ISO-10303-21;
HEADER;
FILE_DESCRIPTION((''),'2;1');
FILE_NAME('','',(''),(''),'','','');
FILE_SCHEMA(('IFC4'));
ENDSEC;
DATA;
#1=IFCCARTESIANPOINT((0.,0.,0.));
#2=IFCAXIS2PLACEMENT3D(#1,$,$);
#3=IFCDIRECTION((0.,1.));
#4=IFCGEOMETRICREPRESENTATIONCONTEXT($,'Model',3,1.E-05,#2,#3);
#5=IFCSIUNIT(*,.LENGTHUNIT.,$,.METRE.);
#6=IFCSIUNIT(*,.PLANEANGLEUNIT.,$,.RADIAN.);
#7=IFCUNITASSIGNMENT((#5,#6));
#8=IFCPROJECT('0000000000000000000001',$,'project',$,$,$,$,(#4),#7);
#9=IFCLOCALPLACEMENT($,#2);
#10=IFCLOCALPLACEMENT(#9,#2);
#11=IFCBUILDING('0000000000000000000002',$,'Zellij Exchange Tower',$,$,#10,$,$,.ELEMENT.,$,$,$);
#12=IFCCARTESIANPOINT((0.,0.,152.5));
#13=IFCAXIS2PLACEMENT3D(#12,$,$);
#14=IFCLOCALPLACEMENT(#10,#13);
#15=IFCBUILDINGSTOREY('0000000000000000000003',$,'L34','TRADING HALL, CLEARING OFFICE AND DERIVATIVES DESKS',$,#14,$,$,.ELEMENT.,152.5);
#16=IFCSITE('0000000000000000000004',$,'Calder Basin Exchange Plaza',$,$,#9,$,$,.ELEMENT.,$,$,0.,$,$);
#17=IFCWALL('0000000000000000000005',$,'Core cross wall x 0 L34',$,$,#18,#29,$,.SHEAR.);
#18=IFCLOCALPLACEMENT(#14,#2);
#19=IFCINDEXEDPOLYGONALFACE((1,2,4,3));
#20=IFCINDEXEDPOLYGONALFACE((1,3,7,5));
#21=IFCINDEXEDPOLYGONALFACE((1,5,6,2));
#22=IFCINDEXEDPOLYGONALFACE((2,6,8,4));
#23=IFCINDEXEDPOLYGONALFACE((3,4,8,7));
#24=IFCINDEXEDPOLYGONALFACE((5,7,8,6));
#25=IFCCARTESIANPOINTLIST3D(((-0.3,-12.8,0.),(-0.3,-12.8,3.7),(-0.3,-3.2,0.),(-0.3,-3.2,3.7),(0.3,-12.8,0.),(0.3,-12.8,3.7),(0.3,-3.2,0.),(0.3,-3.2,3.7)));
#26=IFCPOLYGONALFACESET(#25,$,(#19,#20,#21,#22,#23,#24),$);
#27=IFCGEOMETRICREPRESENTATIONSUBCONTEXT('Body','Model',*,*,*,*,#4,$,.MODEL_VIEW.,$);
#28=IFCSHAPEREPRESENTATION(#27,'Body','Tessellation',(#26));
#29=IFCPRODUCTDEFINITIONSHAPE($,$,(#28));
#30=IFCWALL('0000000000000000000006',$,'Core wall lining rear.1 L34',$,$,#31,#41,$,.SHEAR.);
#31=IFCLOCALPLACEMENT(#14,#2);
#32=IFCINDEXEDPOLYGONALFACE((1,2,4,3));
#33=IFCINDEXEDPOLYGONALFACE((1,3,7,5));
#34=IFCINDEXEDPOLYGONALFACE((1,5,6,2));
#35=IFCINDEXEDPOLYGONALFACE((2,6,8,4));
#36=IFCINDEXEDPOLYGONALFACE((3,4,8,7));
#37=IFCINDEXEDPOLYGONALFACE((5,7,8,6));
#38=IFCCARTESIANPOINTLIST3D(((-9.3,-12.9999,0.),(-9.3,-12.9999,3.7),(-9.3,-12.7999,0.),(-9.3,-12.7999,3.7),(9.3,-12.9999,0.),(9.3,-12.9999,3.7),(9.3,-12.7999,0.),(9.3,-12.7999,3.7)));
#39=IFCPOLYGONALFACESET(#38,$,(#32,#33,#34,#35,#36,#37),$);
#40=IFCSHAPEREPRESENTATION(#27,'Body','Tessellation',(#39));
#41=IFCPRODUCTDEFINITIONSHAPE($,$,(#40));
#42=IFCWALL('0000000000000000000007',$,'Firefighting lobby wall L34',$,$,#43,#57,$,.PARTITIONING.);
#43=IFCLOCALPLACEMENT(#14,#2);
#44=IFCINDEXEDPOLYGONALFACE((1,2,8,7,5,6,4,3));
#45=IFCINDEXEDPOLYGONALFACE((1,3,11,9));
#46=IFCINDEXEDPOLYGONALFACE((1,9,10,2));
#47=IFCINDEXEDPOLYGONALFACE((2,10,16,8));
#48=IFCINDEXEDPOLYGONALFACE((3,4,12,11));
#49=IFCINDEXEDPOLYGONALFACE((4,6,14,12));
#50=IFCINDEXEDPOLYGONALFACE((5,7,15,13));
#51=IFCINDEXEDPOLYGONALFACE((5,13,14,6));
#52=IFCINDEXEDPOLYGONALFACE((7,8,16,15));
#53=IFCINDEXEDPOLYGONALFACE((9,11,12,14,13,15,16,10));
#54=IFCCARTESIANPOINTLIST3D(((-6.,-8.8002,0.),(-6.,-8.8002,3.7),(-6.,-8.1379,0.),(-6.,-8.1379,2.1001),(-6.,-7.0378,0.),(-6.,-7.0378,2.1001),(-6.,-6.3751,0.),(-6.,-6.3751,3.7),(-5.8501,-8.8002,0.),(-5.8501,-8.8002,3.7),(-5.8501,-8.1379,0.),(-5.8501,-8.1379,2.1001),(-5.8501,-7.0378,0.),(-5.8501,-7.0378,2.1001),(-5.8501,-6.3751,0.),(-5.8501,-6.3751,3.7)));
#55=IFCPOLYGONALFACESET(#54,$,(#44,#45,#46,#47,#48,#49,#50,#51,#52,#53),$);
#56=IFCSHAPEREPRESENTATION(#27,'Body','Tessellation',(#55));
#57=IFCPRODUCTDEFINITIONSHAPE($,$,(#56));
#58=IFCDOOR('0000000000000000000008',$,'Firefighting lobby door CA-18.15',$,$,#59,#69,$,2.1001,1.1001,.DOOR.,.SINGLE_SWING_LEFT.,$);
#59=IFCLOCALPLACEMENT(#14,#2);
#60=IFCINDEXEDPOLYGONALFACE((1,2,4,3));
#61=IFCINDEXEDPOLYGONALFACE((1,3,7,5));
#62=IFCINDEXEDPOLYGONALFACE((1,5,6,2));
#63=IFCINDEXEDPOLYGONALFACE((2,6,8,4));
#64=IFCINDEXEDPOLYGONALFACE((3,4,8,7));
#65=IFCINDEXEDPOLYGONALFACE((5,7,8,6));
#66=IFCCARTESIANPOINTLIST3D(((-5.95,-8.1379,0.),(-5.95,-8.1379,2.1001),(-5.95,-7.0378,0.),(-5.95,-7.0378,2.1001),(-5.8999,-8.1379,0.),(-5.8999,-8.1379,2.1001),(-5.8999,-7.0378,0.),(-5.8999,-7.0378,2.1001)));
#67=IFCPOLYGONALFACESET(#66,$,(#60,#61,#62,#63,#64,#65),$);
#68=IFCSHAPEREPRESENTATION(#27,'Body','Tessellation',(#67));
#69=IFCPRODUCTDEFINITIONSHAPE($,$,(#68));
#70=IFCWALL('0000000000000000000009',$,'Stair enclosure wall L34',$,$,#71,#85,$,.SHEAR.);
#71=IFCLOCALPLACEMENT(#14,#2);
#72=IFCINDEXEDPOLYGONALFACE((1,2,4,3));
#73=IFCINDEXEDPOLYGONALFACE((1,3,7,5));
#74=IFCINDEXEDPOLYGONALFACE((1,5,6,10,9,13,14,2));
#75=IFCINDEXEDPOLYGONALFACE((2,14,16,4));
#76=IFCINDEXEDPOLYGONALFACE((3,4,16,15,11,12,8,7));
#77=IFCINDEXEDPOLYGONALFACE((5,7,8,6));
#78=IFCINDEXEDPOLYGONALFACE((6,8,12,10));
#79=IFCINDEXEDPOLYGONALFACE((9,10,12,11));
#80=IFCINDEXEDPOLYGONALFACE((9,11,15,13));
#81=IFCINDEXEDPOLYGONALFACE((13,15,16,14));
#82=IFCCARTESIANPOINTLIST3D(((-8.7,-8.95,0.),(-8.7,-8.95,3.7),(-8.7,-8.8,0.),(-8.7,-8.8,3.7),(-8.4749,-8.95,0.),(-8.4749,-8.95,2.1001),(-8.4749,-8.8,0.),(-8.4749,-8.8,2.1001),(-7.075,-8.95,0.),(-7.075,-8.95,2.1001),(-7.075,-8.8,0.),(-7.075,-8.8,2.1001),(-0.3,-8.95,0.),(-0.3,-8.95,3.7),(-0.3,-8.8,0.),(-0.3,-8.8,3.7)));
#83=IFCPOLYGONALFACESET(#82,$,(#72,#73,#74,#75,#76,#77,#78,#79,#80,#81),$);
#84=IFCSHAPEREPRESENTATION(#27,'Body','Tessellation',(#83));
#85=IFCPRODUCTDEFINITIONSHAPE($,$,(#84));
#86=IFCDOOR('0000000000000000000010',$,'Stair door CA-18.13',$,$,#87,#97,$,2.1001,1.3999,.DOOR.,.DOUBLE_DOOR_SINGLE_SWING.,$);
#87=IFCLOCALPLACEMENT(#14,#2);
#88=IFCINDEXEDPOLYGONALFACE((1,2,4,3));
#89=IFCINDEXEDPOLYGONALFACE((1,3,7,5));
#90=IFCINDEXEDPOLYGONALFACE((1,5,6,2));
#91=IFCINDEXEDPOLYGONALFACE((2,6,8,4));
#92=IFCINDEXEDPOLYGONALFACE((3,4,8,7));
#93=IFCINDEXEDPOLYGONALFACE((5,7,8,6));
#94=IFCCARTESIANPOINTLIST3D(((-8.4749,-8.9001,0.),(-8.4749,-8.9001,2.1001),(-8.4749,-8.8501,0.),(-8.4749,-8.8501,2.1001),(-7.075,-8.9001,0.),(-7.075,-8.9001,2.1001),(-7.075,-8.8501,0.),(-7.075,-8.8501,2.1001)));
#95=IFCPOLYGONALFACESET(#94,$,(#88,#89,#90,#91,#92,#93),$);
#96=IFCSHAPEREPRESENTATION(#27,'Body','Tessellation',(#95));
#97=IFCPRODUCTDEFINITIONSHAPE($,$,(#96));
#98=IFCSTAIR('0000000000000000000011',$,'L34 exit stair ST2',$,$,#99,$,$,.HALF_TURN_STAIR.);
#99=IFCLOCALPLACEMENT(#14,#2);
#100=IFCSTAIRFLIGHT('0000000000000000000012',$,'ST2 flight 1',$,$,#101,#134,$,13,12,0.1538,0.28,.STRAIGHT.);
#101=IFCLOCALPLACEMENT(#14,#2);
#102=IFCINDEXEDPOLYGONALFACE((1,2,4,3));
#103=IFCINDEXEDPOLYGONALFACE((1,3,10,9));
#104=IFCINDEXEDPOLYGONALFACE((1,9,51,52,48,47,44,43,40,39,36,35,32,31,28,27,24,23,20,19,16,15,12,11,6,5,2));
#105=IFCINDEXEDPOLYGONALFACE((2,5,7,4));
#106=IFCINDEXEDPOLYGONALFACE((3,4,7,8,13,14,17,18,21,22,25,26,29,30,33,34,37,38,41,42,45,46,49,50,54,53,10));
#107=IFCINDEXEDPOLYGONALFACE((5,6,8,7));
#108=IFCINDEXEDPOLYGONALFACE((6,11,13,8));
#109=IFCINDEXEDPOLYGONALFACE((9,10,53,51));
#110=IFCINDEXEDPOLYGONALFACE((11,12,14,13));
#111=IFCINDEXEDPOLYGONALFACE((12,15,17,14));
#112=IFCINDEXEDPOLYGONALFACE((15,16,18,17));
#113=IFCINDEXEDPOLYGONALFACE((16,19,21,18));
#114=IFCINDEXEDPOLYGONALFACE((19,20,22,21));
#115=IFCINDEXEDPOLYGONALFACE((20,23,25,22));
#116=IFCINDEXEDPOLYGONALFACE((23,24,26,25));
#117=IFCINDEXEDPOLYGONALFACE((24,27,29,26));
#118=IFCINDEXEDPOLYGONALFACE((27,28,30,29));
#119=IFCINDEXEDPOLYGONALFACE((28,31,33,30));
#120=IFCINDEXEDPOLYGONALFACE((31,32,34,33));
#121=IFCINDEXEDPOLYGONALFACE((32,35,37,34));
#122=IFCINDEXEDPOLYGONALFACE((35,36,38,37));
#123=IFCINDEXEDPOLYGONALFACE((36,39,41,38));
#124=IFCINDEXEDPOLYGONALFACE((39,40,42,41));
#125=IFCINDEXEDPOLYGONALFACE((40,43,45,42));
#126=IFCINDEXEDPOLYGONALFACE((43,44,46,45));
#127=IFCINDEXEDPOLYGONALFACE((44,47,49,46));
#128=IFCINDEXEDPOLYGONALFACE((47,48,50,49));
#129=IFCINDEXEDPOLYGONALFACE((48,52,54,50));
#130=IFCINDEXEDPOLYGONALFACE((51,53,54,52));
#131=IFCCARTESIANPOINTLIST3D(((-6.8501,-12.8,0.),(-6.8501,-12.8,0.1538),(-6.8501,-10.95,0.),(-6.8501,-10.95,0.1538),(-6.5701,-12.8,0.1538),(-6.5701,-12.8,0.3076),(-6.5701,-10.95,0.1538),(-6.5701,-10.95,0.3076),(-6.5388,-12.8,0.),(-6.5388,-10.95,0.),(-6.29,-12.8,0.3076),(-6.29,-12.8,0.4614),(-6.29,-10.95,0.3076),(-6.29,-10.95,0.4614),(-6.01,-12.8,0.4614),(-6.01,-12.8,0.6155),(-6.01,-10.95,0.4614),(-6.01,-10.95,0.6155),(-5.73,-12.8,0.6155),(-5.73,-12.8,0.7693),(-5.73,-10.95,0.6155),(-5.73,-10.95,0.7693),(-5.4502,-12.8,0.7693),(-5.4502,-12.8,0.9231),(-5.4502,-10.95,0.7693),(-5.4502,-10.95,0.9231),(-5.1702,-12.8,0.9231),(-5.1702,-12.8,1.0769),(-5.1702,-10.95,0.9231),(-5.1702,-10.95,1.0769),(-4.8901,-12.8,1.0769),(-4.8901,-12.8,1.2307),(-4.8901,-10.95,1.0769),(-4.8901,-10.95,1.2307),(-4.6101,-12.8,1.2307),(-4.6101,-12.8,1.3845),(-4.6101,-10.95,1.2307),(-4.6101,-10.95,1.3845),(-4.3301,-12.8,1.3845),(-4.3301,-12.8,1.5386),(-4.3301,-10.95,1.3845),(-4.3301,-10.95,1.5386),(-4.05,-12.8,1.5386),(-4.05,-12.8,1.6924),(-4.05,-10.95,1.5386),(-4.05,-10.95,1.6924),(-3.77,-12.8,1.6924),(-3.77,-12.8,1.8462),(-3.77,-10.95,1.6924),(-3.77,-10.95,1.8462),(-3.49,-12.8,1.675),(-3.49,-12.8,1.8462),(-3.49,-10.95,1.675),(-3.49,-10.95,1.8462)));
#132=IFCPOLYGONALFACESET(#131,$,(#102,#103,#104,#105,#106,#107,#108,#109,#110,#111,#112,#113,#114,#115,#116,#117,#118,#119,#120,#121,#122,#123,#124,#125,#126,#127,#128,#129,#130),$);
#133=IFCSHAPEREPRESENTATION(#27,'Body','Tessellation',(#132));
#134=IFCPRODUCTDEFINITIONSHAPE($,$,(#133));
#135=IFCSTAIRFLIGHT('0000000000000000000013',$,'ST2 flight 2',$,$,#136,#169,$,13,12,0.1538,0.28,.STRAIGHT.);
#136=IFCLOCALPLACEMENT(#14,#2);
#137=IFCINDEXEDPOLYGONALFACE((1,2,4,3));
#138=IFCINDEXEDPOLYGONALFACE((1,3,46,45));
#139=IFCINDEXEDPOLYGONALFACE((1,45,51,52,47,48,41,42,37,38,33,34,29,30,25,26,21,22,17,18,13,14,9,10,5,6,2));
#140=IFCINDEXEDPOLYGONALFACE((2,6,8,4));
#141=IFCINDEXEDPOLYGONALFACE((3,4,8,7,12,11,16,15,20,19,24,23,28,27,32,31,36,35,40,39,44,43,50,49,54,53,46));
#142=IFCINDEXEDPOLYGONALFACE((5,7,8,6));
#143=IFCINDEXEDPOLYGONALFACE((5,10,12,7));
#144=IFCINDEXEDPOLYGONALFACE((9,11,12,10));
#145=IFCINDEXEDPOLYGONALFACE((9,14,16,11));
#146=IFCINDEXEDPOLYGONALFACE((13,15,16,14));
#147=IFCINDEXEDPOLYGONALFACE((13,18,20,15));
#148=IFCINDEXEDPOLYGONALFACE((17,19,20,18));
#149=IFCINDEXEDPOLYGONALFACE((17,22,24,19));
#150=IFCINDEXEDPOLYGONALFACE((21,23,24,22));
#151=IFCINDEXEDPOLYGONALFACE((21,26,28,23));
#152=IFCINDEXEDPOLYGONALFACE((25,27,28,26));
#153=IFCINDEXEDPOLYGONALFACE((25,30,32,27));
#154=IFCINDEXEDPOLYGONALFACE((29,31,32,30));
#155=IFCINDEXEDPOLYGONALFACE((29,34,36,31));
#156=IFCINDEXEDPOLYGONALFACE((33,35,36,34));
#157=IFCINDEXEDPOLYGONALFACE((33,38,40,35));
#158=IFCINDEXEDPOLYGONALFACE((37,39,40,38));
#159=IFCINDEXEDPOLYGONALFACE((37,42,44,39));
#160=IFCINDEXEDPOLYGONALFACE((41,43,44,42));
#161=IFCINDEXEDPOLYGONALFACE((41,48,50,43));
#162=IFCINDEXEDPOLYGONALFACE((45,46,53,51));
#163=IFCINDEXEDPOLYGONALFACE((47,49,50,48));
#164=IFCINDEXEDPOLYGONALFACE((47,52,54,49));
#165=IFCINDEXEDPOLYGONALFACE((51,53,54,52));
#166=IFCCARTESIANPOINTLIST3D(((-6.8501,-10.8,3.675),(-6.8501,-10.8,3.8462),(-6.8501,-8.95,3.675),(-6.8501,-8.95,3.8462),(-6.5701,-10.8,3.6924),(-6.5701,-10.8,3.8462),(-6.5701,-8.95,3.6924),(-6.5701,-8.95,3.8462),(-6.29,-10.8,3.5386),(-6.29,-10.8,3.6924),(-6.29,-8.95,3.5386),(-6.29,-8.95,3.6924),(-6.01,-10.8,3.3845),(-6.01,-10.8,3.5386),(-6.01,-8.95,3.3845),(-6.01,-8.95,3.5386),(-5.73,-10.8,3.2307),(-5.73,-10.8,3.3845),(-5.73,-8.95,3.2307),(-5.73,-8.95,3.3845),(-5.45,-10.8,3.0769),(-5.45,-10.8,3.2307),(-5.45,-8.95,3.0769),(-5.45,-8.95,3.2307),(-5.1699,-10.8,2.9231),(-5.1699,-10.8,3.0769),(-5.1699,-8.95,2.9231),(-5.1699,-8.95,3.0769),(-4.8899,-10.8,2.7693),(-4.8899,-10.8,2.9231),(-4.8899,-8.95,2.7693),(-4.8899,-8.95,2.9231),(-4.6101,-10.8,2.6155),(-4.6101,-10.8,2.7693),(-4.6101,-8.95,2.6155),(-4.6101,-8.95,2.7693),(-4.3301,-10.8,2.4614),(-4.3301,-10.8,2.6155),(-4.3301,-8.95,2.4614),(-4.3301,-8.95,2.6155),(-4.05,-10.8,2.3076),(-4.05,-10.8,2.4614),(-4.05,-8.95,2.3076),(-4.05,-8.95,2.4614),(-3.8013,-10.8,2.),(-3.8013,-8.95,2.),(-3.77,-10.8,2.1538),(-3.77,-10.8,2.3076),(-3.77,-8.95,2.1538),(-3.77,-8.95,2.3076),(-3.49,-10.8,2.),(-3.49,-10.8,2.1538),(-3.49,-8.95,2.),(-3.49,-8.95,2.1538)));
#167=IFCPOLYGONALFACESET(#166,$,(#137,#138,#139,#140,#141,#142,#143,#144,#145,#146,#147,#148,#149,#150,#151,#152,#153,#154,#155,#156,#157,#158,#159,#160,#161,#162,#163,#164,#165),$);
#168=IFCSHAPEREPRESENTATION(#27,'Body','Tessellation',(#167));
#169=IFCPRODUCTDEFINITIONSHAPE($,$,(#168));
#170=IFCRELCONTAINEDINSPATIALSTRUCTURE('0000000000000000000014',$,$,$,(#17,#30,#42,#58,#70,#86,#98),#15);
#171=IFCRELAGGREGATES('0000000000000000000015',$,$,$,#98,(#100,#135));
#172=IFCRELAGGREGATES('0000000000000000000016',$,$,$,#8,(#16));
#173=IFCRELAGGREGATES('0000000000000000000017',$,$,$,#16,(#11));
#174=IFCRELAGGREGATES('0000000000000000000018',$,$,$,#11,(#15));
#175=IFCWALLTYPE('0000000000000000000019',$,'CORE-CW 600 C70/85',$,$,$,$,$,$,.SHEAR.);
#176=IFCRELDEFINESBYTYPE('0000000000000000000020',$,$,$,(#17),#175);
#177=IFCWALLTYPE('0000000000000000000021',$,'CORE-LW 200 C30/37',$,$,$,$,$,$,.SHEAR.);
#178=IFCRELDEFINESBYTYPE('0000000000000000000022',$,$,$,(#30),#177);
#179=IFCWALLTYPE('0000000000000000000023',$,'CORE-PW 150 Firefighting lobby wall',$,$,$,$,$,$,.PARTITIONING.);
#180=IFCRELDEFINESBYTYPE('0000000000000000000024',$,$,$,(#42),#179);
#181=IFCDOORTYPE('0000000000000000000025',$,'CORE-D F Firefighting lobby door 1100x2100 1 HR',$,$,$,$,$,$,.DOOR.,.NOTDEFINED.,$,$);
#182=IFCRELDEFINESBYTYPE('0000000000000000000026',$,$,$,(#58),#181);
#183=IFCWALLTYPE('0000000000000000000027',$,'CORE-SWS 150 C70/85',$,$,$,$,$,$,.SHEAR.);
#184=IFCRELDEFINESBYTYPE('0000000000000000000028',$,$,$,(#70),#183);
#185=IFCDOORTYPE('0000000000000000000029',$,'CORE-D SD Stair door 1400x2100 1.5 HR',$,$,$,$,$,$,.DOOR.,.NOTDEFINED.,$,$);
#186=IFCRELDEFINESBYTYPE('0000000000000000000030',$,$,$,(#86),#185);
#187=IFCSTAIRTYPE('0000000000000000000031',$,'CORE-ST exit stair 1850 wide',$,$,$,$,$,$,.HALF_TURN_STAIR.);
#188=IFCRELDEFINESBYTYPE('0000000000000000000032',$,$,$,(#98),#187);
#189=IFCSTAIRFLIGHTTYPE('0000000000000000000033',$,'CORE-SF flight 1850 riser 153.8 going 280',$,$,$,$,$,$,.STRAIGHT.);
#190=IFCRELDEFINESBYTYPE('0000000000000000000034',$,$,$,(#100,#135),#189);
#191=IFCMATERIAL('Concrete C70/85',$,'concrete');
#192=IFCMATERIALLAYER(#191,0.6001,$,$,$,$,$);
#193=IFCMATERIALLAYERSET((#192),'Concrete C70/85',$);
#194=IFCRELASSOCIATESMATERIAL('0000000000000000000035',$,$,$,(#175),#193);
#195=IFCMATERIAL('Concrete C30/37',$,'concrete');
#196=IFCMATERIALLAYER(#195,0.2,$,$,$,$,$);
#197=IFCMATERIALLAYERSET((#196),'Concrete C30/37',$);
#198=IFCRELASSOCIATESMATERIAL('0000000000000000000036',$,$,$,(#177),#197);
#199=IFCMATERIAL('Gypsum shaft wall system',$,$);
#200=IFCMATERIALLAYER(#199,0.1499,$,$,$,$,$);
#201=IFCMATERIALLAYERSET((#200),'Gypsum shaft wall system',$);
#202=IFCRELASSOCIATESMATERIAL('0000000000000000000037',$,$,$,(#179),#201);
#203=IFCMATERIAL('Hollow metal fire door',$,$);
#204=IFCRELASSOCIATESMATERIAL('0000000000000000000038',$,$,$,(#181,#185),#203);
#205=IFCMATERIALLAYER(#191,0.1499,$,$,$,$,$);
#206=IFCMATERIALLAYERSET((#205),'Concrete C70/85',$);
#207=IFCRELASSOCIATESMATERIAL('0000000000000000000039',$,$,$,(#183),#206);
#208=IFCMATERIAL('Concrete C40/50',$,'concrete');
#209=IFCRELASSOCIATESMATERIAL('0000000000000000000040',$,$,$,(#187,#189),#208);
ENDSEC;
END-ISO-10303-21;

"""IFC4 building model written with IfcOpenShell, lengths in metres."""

from ifc_helpers import new_model, si_unit, direction, frame, frame_2d, origin, place, context, subcontext, project, spatial, polyline, rectangle, outline, extrude, material, layer, layer_set, type_object, element, fill, aggregate, save


model = new_model("IFC4")

# Units and contexts
model_context = context("Model", 3, precision=1e-05, world=origin(), true_north=direction((0.0, 1.0)))
body_context = subcontext(model_context, "Body", "Model", "MODEL_VIEW")
ifc_project = project(units=[si_unit("LENGTHUNIT", "METRE"), si_unit("PLANEANGLEUNIT", "RADIAN")], contexts=[model_context])

# Site, building, storey
site_placement = place(None, origin())
site = spatial("IfcSite", under=ifc_project, at=site_placement, Name="Calder Basin Exchange Plaza", CompositionType="ELEMENT", RefElevation=0.0)
building_placement = place(site_placement, origin())
building = spatial("IfcBuilding", under=site, at=building_placement, Name="Zellij Exchange Tower", CompositionType="ELEMENT")
storey_placement = place(building_placement, frame((0.0, 0.0, 152.5)))
storey = spatial("IfcBuildingStorey", under=building, at=storey_placement, Name="L34", Description="TRADING HALL, CLEARING OFFICE AND DERIVATIVES DESKS", CompositionType="ELEMENT", Elevation=152.5)

# Shared definitions
ifc_material_1 = material(Name="Concrete C70/85", Category="concrete")

# Walls
ifc_layer_1 = layer(ifc_material_1, 0.6001)
ifc_layer_set_1 = layer_set([ifc_layer_1], Name="Concrete C70/85")
wall_type_1 = type_object("IfcWallType", Name="CORE-CW 600 C70/85", PredefinedType="SHEAR", material=ifc_layer_set_1)
wall_1_placement = place(storey_placement, frame((0.0, -12.8, 0.0), z_axis=(0.0, 0.0, 1.0), x_axis=(0.0, 1.0, 0.0)))
element("IfcWall", 1, at=wall_1_placement, inside=storey, type_object=wall_type_1, Name="Core cross wall x 0 L34", PredefinedType="SHEAR", context=body_context, shape_type="SweptSolid", body=[
    extrude(rectangle(XDim=9.6001, YDim=0.6001, at=frame_2d((4.8, 0.0))), origin(), (0.0, 0.0, 1.0), 3.7),
])
ifc_material_2 = material(Name="Concrete C30/37", Category="concrete")
ifc_layer_2 = layer(ifc_material_2, 0.2)
ifc_layer_set_2 = layer_set([ifc_layer_2], Name="Concrete C30/37")
wall_type_2 = type_object("IfcWallType", Name="CORE-LW 200 C30/37", PredefinedType="SHEAR", material=ifc_layer_set_2)
wall_2_placement = place(storey_placement, frame((-9.3, -12.8999, 0.0), z_axis=(0.0, 0.0, 1.0), x_axis=(1.0, 0.0, 0.0)))
element("IfcWall", 2, at=wall_2_placement, inside=storey, type_object=wall_type_2, Name="Core wall lining rear.1 L34", PredefinedType="SHEAR", context=body_context, shape_type="SweptSolid", body=[
    extrude(rectangle(XDim=18.6001, YDim=0.2, at=frame_2d((9.3, 0.0))), origin(), (0.0, 0.0, 1.0), 3.7),
])

# Walls, openings, doors
ifc_material_3 = material(Name="Gypsum shaft wall system")
ifc_layer_3 = layer(ifc_material_3, 0.1499)
ifc_layer_set_3 = layer_set([ifc_layer_3], Name="Gypsum shaft wall system")
wall_type_3 = type_object("IfcWallType", Name="CORE-PW 150 Firefighting lobby wall", PredefinedType="PARTITIONING", material=ifc_layer_set_3)
wall_3_placement = place(storey_placement, frame((-5.925, -8.8, 0.0), z_axis=(0.0, 0.0, 1.0), x_axis=(0.0, 1.0, 0.0)))
wall_3 = element("IfcWall", 3, at=wall_3_placement, inside=storey, type_object=wall_type_3, Name="Firefighting lobby wall L34", PredefinedType="PARTITIONING", context=body_context, shape_type="SweptSolid", body=[
    extrude(rectangle(XDim=2.425, YDim=0.1499, at=frame_2d((1.2124, 0.0))), origin(), (0.0, 0.0, 1.0), 3.7),
])
opening_1_placement = place(wall_3_placement, frame((0.6621, 0.0, 0.0)))
opening_1 = element("IfcOpeningElement", 4, at=opening_1_placement, cuts=wall_3, PredefinedType="OPENING", context=body_context, shape_type="SweptSolid", body=[
    extrude(rectangle(XDim=1.1001, YDim=2.1001, at=frame_2d((0.55, 1.05))), frame((0.0, 0.0869, 0.0), z_axis=(0.0, -1.0, 0.0), x_axis=(1.0, 0.0, 0.0)), (0.0, 0.0, 1.0), 0.1738),
])
ifc_material_4 = material(Name="Hollow metal fire door")
door_type_1 = type_object("IfcDoorType", Name="CORE-D F Firefighting lobby door 1100x2100 1 HR", OperationType="NOTDEFINED", PredefinedType="DOOR", material=ifc_material_4)
door_1_placement = place(opening_1_placement, origin())
door_1 = element("IfcDoor", 5, at=door_1_placement, inside=storey, type_object=door_type_1, Name="Firefighting lobby door CA-18.15", OperationType="SINGLE_SWING_LEFT", OverallHeight=2.1001, OverallWidth=1.1001, PredefinedType="DOOR", context=body_context, shape_type="SweptSolid", body=[
    extrude(rectangle(XDim=1.1001, YDim=2.1001, at=frame_2d((0.55, 1.05))), frame((0.0, 0.0249, 0.0), z_axis=(0.0, -1.0, 0.0), x_axis=(1.0, 0.0, 0.0)), (0.0, 0.0, 1.0), 0.05),
])
fill(opening_1, door_1)
ifc_layer_4 = layer(ifc_material_1, 0.1499)
ifc_layer_set_4 = layer_set([ifc_layer_4], Name="Concrete C70/85")
wall_type_4 = type_object("IfcWallType", Name="CORE-SWS 150 C70/85", PredefinedType="SHEAR", material=ifc_layer_set_4)
wall_4_placement = place(storey_placement, frame((-8.7, -8.875, 0.0), z_axis=(0.0, 0.0, 1.0), x_axis=(1.0, 0.0, 0.0)))
wall_4 = element("IfcWall", 6, at=wall_4_placement, inside=storey, type_object=wall_type_4, Name="Stair enclosure wall L34", PredefinedType="SHEAR", context=body_context, shape_type="SweptSolid", body=[
    extrude(rectangle(XDim=8.3999, YDim=0.1499, at=frame_2d((4.2, 0.0))), origin(), (0.0, 0.0, 1.0), 3.7),
])
opening_2_placement = place(wall_4_placement, frame((0.2251, 0.0, 0.0)))
opening_2 = element("IfcOpeningElement", 7, at=opening_2_placement, cuts=wall_4, PredefinedType="OPENING", context=body_context, shape_type="SweptSolid", body=[
    extrude(rectangle(XDim=1.3999, YDim=2.1001, at=frame_2d((0.7, 1.05))), frame((0.0, 0.0869, 0.0), z_axis=(0.0, -1.0, 0.0), x_axis=(1.0, 0.0, 0.0)), (0.0, 0.0, 1.0), 0.1738),
])
door_type_2 = type_object("IfcDoorType", Name="CORE-D SD Stair door 1400x2100 1.5 HR", OperationType="NOTDEFINED", PredefinedType="DOOR", material=ifc_material_4)
door_2_placement = place(opening_2_placement, origin())
door_2 = element("IfcDoor", 8, at=door_2_placement, inside=storey, type_object=door_type_2, Name="Stair door CA-18.13", OperationType="DOUBLE_DOOR_SINGLE_SWING", OverallHeight=2.1001, OverallWidth=1.3999, PredefinedType="DOOR", context=body_context, shape_type="SweptSolid", body=[
    extrude(rectangle(XDim=1.3999, YDim=2.1001, at=frame_2d((0.7, 1.05))), frame((0.0, 0.0249, 0.0), z_axis=(0.0, -1.0, 0.0), x_axis=(1.0, 0.0, 0.0)), (0.0, 0.0, 1.0), 0.05),
])
fill(opening_2, door_2)

# Stair, stair flights
ifc_material_5 = material(Name="Concrete C40/50", Category="concrete")
stair_type = type_object("IfcStairType", Name="CORE-ST exit stair 1850 wide", PredefinedType="HALF_TURN_STAIR", material=ifc_material_5)
stair_placement = place(storey_placement, origin())
stair = element("IfcStair", 9, at=stair_placement, inside=storey, type_object=stair_type, Name="L34 exit stair ST2", PredefinedType="HALF_TURN_STAIR")
stair_flight_type = type_object("IfcStairFlightType", Name="CORE-SF flight 1850 riser 153.8 going 280", PredefinedType="STRAIGHT", material=ifc_material_5)
stair_flight_1_placement = place(storey_placement, frame((-6.8501, -11.875, 0.0), z_axis=(0.0, 0.0, 1.0), x_axis=(1.0, 0.0, 0.0)))
stair_flight_1 = element("IfcStairFlight", 10, at=stair_flight_1_placement, type_object=stair_flight_type, Name="ST2 flight 1", NumberOfRisers=13, NumberOfTreads=12, PredefinedType="STRAIGHT", RiserHeight=0.1538, TreadLength=0.28, context=body_context, shape_type="SweptSolid", body=[
    extrude(outline(polyline([(0.0, 0.0), (0.0, 0.1538), (0.28, 0.1538), (0.28, 0.3076), (0.5601, 0.3076), (0.5601, 0.4614), (0.8401, 0.4614), (0.8401, 0.6155), (1.1201, 0.6155), (1.1201, 0.7693), (1.3999, 0.7693), (1.3999, 0.9231), (1.6799, 0.9231), (1.6799, 1.0769), (1.96, 1.0769), (1.96, 1.2307), (2.24, 1.2307), (2.24, 1.3845), (2.52, 1.3845), (2.52, 1.5386), (2.8, 1.5386), (2.8, 1.6924), (3.0801, 1.6924), (3.0801, 1.8462), (3.3601, 1.8462), (3.3601, 2.0), (3.3601, 1.675), (0.3113, 0.0), (0.0, 0.0)])), frame((0.0, 0.925, 0.0), z_axis=(0.0, -1.0, 0.0), x_axis=(1.0, 0.0, 0.0)), (0.0, 0.0, 1.0), 1.8501),
])
stair_flight_2_placement = place(storey_placement, frame((-3.49, -9.875, 2.0), z_axis=(0.0, 0.0, 1.0), x_axis=(-1.0, 0.0, 0.0)))
stair_flight_2 = element("IfcStairFlight", 11, at=stair_flight_2_placement, type_object=stair_flight_type, Name="ST2 flight 2", NumberOfRisers=13, NumberOfTreads=12, PredefinedType="STRAIGHT", RiserHeight=0.1538, TreadLength=0.28, context=body_context, shape_type="SweptSolid", body=[
    extrude(outline(polyline([(0.0, 0.0), (0.0, 0.1538), (0.28, 0.1538), (0.28, 0.3076), (0.5601, 0.3076), (0.5601, 0.4614), (0.8401, 0.4614), (0.8401, 0.6155), (1.1201, 0.6155), (1.1201, 0.7693), (1.3999, 0.7693), (1.3999, 0.9231), (1.6799, 0.9231), (1.6799, 1.0769), (1.96, 1.0769), (1.96, 1.2307), (2.24, 1.2307), (2.24, 1.3845), (2.52, 1.3845), (2.52, 1.5386), (2.8, 1.5386), (2.8, 1.6924), (3.0801, 1.6924), (3.0801, 1.8462), (3.3601, 1.8462), (3.3601, 2.0), (3.3601, 1.675), (0.3113, 0.0), (0.0, 0.0)])), frame((0.0, 0.925, 0.0), z_axis=(0.0, -1.0, 0.0), x_axis=(1.0, 0.0, 0.0)), (0.0, 0.0, 1.0), 1.8501),
])
aggregate(stair, [stair_flight_1, stair_flight_2])

save(model, "model.ifc")
